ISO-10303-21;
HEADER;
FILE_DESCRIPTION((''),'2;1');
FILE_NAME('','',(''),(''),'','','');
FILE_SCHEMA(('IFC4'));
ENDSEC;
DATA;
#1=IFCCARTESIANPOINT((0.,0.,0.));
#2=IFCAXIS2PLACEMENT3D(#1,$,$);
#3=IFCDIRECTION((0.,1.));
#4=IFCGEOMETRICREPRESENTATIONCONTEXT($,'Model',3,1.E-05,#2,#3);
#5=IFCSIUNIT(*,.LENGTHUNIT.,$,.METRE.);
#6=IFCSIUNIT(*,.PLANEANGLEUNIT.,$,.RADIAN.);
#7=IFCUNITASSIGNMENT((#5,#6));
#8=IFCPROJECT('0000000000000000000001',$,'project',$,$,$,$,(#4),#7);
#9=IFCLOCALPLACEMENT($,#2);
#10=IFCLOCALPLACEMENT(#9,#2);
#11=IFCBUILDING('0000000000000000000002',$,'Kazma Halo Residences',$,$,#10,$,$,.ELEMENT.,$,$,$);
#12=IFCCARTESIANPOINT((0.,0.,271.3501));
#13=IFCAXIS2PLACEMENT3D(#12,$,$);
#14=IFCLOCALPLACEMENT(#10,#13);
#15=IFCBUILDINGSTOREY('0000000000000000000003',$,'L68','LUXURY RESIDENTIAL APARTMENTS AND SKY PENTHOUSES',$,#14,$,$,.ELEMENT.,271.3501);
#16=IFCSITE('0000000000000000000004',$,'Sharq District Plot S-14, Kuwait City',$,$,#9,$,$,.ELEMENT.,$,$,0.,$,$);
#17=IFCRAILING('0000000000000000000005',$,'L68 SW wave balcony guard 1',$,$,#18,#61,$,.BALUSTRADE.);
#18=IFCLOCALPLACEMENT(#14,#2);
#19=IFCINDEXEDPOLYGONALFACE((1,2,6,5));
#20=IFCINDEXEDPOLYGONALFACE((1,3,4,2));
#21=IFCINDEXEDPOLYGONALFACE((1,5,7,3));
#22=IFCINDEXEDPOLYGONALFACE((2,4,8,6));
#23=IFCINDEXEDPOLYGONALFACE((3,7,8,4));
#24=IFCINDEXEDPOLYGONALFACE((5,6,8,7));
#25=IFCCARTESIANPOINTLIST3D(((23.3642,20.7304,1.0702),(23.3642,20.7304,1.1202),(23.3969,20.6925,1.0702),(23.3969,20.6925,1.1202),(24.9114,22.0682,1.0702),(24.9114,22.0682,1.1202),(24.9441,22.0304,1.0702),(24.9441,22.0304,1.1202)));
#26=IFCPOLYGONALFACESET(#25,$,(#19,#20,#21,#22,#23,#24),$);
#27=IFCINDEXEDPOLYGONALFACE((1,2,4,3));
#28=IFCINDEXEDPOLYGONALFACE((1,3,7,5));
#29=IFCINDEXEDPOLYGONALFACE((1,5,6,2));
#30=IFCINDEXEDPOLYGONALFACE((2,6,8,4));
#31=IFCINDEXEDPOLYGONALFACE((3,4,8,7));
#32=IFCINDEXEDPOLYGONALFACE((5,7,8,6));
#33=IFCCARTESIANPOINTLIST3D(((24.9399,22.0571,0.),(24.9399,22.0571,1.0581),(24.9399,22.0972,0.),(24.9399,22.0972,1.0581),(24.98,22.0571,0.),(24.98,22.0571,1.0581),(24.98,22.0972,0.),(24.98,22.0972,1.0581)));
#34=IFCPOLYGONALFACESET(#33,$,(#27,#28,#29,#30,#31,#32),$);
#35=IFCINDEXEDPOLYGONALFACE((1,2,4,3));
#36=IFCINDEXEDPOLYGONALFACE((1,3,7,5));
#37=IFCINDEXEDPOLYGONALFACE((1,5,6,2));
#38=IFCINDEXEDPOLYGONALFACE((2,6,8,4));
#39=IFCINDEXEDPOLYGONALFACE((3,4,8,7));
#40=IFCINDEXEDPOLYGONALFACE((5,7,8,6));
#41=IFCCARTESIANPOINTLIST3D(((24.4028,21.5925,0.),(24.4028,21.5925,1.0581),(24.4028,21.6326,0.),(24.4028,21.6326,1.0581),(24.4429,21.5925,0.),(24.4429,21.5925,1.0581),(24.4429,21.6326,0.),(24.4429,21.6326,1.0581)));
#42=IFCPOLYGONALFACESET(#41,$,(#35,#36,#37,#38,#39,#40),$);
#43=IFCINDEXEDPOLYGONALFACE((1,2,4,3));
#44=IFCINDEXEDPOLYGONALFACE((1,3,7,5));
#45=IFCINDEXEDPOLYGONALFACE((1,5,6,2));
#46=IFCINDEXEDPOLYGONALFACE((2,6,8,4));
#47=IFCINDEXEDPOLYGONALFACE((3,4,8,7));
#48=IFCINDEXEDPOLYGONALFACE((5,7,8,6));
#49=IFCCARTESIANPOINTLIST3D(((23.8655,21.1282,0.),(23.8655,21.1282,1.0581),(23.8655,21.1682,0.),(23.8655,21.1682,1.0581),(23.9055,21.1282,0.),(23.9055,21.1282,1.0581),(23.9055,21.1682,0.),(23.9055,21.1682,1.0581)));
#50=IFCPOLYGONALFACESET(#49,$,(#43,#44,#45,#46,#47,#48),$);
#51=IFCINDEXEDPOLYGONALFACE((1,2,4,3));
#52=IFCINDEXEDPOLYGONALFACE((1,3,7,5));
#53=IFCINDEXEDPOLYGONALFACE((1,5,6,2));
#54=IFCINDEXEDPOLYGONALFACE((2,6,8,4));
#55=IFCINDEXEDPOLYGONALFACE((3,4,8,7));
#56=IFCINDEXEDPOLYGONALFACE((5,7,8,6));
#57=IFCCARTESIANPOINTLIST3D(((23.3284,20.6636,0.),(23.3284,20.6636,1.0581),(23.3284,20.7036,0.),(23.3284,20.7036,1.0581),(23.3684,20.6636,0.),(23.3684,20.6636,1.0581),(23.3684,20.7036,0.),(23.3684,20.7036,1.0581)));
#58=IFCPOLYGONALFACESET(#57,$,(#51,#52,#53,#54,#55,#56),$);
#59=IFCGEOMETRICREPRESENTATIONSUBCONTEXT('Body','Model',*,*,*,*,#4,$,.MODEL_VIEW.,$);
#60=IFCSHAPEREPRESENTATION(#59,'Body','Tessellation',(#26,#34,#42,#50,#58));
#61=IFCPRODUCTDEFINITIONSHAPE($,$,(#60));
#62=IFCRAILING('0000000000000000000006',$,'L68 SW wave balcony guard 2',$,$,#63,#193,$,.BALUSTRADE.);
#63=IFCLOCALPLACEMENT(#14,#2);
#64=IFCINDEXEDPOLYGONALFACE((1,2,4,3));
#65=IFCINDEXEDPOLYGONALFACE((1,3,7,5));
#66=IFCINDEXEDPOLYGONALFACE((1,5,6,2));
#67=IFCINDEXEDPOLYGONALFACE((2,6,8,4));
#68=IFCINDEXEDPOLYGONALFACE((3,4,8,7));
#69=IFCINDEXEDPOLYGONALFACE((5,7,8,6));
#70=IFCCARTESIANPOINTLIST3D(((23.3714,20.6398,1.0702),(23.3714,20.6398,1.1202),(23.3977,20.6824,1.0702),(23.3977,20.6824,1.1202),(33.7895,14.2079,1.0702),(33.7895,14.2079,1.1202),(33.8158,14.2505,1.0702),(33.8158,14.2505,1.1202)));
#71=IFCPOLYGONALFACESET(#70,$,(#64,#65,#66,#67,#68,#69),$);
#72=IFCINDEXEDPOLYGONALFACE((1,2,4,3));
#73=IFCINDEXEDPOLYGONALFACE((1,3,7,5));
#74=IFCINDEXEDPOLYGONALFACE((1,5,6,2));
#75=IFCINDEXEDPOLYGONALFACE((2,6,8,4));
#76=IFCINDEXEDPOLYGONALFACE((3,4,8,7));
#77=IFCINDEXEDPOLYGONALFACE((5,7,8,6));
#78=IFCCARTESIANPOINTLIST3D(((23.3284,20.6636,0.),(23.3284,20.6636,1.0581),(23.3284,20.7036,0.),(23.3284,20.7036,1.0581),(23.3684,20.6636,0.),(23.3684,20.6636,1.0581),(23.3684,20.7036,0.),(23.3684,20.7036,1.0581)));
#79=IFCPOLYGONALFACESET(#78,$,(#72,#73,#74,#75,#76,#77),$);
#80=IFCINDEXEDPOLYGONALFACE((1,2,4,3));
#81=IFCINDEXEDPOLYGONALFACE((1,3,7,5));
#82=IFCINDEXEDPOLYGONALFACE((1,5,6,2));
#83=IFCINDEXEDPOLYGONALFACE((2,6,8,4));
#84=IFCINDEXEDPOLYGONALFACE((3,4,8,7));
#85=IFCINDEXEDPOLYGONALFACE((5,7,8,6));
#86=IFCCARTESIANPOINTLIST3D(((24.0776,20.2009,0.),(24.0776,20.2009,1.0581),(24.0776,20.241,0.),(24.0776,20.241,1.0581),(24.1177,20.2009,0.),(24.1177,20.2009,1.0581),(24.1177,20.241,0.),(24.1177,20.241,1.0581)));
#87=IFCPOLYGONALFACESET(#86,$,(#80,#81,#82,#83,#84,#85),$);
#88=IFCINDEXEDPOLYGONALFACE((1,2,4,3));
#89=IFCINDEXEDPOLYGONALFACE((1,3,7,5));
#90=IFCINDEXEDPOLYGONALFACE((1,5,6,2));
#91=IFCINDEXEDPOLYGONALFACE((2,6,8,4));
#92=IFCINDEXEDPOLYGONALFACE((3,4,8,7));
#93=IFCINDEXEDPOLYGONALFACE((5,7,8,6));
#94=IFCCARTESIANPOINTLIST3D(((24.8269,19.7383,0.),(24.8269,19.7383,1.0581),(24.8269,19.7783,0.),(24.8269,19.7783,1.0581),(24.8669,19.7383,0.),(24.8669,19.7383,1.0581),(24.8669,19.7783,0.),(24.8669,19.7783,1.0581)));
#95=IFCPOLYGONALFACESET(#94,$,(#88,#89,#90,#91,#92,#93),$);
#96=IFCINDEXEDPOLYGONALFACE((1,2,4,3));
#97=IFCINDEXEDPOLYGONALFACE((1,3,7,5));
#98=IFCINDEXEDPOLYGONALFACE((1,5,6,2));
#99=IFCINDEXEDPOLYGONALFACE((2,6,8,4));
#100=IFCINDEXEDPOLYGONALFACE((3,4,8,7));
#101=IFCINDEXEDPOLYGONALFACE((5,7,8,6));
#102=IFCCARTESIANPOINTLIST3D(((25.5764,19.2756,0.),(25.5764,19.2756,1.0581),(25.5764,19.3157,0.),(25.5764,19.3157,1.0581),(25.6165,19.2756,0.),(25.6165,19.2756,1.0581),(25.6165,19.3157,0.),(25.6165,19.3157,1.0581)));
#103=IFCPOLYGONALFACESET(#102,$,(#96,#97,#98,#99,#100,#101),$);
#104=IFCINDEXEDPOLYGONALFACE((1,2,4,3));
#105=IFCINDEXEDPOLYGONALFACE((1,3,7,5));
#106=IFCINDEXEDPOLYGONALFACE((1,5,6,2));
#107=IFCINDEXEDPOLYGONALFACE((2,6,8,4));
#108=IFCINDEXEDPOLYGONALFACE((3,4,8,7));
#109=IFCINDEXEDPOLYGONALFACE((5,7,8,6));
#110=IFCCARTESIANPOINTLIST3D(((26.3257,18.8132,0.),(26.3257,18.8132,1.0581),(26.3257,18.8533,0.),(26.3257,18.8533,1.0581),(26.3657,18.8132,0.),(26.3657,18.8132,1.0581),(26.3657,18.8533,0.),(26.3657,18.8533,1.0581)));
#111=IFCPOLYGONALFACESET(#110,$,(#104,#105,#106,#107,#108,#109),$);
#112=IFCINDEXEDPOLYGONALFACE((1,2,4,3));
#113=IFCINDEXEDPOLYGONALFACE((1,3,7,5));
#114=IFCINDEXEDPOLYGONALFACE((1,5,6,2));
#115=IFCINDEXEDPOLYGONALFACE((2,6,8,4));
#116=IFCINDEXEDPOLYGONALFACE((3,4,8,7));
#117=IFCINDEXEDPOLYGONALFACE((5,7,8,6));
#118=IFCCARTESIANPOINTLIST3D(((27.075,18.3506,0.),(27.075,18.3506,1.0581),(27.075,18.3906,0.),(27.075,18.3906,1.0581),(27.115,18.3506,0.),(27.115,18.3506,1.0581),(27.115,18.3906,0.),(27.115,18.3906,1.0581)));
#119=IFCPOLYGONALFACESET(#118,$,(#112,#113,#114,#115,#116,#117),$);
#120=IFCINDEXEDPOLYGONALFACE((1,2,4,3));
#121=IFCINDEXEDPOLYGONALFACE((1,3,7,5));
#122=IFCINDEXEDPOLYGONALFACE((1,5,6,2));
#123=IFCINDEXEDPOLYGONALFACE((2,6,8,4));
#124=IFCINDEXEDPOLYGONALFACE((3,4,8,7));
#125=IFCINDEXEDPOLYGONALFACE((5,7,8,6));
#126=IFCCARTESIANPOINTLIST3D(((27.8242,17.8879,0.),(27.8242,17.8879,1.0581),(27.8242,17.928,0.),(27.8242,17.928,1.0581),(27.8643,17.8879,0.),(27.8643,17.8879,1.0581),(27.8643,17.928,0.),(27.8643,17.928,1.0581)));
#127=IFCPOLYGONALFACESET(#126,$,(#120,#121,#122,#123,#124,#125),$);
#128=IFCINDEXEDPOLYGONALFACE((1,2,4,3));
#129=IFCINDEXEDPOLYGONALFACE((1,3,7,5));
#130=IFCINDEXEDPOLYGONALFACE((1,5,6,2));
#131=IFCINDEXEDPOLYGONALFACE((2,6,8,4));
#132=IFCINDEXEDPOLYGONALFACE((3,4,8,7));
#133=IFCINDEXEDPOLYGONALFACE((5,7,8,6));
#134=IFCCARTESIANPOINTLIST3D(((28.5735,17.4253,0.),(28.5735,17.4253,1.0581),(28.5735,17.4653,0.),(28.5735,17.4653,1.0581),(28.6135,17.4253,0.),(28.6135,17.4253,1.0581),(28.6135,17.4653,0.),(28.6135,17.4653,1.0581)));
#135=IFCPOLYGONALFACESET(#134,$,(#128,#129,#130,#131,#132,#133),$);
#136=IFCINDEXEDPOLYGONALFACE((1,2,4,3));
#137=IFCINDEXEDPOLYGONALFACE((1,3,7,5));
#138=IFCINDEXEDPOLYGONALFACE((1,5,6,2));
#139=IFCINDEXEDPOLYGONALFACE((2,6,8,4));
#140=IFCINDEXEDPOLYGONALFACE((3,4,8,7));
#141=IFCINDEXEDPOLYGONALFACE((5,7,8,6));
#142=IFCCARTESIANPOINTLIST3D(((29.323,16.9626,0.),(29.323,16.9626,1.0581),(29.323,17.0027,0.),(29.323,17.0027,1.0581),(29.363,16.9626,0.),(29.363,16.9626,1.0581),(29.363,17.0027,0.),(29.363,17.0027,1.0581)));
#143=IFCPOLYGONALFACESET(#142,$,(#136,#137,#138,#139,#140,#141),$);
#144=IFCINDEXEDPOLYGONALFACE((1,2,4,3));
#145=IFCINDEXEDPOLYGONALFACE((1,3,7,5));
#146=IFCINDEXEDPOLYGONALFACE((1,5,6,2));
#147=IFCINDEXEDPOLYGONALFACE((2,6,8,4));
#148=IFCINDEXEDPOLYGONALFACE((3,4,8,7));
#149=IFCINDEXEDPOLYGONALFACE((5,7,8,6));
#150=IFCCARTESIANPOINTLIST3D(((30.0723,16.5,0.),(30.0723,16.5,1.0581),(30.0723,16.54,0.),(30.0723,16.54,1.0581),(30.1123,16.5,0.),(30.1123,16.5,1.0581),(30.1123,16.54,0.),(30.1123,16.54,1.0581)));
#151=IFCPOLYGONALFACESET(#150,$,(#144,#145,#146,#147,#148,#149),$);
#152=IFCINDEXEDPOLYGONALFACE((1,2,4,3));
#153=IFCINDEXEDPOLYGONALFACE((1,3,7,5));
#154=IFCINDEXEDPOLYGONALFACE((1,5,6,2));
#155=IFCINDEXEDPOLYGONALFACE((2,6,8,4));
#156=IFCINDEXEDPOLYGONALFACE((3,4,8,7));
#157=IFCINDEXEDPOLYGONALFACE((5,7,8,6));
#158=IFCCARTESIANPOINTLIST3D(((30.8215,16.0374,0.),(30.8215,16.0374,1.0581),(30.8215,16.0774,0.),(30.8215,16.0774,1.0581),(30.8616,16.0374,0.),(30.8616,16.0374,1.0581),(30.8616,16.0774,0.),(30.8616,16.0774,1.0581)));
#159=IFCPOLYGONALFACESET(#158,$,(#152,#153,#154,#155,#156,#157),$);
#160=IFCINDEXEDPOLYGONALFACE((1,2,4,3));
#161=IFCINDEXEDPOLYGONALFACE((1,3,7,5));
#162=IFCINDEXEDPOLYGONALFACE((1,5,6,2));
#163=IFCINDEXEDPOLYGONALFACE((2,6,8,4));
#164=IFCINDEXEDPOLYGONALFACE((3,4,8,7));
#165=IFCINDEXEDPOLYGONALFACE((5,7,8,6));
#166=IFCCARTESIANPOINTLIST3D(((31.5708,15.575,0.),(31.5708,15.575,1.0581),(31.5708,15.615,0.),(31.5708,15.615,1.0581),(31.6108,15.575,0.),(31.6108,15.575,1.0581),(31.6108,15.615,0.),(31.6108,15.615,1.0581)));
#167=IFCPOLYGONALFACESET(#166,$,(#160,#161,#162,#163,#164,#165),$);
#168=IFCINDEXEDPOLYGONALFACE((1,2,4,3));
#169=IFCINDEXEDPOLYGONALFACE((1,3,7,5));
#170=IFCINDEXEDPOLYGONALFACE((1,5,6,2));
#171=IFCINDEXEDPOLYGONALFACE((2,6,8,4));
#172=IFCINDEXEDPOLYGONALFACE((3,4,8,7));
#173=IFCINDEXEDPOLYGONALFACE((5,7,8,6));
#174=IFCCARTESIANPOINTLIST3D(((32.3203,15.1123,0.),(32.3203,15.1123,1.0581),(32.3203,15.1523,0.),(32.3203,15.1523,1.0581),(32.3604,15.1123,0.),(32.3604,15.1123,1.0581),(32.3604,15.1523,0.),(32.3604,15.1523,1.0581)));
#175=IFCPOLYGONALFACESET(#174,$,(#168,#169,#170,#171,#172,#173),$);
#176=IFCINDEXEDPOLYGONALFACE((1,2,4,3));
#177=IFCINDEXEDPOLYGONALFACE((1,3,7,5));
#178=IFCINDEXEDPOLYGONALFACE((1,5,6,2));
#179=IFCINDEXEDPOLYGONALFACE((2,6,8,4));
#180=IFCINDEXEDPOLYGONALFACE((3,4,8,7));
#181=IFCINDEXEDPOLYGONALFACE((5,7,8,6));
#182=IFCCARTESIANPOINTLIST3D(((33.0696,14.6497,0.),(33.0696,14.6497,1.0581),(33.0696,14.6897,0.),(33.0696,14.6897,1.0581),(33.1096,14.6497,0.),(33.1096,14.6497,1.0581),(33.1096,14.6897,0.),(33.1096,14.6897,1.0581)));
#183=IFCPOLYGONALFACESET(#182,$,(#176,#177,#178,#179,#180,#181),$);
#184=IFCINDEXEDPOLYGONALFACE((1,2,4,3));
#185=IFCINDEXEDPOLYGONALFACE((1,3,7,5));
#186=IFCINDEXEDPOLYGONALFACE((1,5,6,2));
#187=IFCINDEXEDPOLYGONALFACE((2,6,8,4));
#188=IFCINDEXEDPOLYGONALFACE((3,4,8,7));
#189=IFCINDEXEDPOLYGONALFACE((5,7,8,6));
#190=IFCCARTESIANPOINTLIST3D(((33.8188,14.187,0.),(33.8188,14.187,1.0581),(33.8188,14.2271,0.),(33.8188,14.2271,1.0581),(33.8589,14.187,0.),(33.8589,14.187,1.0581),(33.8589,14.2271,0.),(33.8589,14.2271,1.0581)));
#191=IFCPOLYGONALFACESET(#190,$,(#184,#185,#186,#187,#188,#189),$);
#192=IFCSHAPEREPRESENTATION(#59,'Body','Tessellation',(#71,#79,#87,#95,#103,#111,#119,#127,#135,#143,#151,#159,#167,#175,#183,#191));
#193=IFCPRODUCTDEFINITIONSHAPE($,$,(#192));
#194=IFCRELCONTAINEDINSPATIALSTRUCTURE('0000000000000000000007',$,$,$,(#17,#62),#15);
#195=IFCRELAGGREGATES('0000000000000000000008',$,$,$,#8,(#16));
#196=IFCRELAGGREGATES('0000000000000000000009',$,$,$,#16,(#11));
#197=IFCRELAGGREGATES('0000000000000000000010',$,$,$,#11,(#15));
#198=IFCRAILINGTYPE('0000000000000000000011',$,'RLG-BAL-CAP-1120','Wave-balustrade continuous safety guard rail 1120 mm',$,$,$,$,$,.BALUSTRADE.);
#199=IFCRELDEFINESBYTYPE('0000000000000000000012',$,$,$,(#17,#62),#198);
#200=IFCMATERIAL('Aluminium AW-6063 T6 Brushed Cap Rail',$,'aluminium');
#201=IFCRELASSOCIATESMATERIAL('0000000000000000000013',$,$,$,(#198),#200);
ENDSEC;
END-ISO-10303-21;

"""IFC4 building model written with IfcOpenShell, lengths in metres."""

from ifc_helpers import new_model, si_unit, direction, frame, origin, origin_2d, place, context, subcontext, project, spatial, rectangle, extrude, material, type_object, element, save


model = new_model("IFC4")

# Units and contexts
model_context = context("Model", 3, precision=1e-05, world=origin(), true_north=direction((0.0, 1.0)))
body_context = subcontext(model_context, "Body", "Model", "MODEL_VIEW")
ifc_project = project(units=[si_unit("LENGTHUNIT", "METRE"), si_unit("PLANEANGLEUNIT", "RADIAN")], contexts=[model_context])

# Site, building, storey
site_placement = place(None, origin())
site = spatial("IfcSite", under=ifc_project, at=site_placement, Name="Sharq District Plot S-14, Kuwait City", CompositionType="ELEMENT", RefElevation=0.0)
building_placement = place(site_placement, origin())
building = spatial("IfcBuilding", under=site, at=building_placement, Name="Kazma Halo Residences", CompositionType="ELEMENT")
storey_placement = place(building_placement, frame((0.0, 0.0, 271.3501)))
storey = spatial("IfcBuildingStorey", under=building, at=storey_placement, Name="L68", Description="LUXURY RESIDENTIAL APARTMENTS AND SKY PENTHOUSES", CompositionType="ELEMENT", Elevation=271.3501)

# Railings
ifc_material_1 = material(Name="Aluminium AW-6063 T6 Brushed Cap Rail", Category="aluminium")
railing_type = type_object("IfcRailingType", Name="RLG-BAL-CAP-1120", Description="Wave-balustrade continuous safety guard rail 1120 mm", PredefinedType="BALUSTRADE", material=ifc_material_1)
railing_1_placement = place(storey_placement, frame((24.96, 22.0771, 0.0)))
element("IfcRailing", 1, at=railing_1_placement, inside=storey, type_object=railing_type, Name="L68 SW wave balcony guard 1", PredefinedType="BALUSTRADE", context=body_context, shape_type="SweptSolid", body=[
    extrude(rectangle(XDim=0.05, YDim=0.05, at=origin_2d()), frame((-0.0322, -0.0278, 1.0952), z_axis=(-0.756418, -0.654088, 0.0), x_axis=(0.654088, -0.756418, 0.0)), (0.0, 0.0, 1.0), 2.0454),
    extrude(rectangle(XDim=0.04, YDim=0.04, at=origin_2d()), origin(), (0.0, 0.0, 1.0), 1.0581),
    extrude(rectangle(XDim=0.04, YDim=0.04, at=origin_2d()), frame((-0.5371, -0.4646, 0.0)), (0.0, 0.0, 1.0), 1.0581),
    extrude(rectangle(XDim=0.04, YDim=0.04, at=origin_2d()), frame((-1.0745, -0.929, 0.0)), (0.0, 0.0, 1.0), 1.0581),
    extrude(rectangle(XDim=0.04, YDim=0.04, at=origin_2d()), frame((-1.6116, -1.3936, 0.0)), (0.0, 0.0, 1.0), 1.0581),
])
railing_2_placement = place(storey_placement, frame((23.3484, 20.6836, 0.0)))
element("IfcRailing", 2, at=railing_2_placement, inside=storey, type_object=railing_type, Name="L68 SW wave balcony guard 2", PredefinedType="BALUSTRADE", context=body_context, shape_type="SweptSolid", body=[
    extrude(rectangle(XDim=0.05, YDim=0.05, at=origin_2d()), frame((0.0361, -0.0225, 1.0952), z_axis=(0.850901, -0.525325, 0.0), x_axis=(0.525325, 0.850901, 0.0)), (0.0, 0.0, 1.0), 12.2437),
    extrude(rectangle(XDim=0.04, YDim=0.04, at=origin_2d()), origin(), (0.0, 0.0, 1.0), 1.0581),
    extrude(rectangle(XDim=0.04, YDim=0.04, at=origin_2d()), frame((0.7493, -0.4626, 0.0)), (0.0, 0.0, 1.0), 1.0581),
    extrude(rectangle(XDim=0.04, YDim=0.04, at=origin_2d()), frame((1.4985, -0.9253, 0.0)), (0.0, 0.0, 1.0), 1.0581),
    extrude(rectangle(XDim=0.04, YDim=0.04, at=origin_2d()), frame((2.248, -1.3879, 0.0)), (0.0, 0.0, 1.0), 1.0581),
    extrude(rectangle(XDim=0.04, YDim=0.04, at=origin_2d()), frame((2.9973, -1.8503, 0.0)), (0.0, 0.0, 1.0), 1.0581),
    extrude(rectangle(XDim=0.04, YDim=0.04, at=origin_2d()), frame((3.7466, -2.313, 0.0)), (0.0, 0.0, 1.0), 1.0581),
    extrude(rectangle(XDim=0.04, YDim=0.04, at=origin_2d()), frame((4.4958, -2.7756, 0.0)), (0.0, 0.0, 1.0), 1.0581),
    extrude(rectangle(XDim=0.04, YDim=0.04, at=origin_2d()), frame((5.2451, -3.2383, 0.0)), (0.0, 0.0, 1.0), 1.0581),
    extrude(rectangle(XDim=0.04, YDim=0.04, at=origin_2d()), frame((5.9946, -3.7009, 0.0)), (0.0, 0.0, 1.0), 1.0581),
    extrude(rectangle(XDim=0.04, YDim=0.04, at=origin_2d()), frame((6.7439, -4.1636, 0.0)), (0.0, 0.0, 1.0), 1.0581),
    extrude(rectangle(XDim=0.04, YDim=0.04, at=origin_2d()), frame((7.4932, -4.6262, 0.0)), (0.0, 0.0, 1.0), 1.0581),
    extrude(rectangle(XDim=0.04, YDim=0.04, at=origin_2d()), frame((8.2424, -5.0886, 0.0)), (0.0, 0.0, 1.0), 1.0581),
    extrude(rectangle(XDim=0.04, YDim=0.04, at=origin_2d()), frame((8.9919, -5.5513, 0.0)), (0.0, 0.0, 1.0), 1.0581),
    extrude(rectangle(XDim=0.04, YDim=0.04, at=origin_2d()), frame((9.7412, -6.0139, 0.0)), (0.0, 0.0, 1.0), 1.0581),
    extrude(rectangle(XDim=0.04, YDim=0.04, at=origin_2d()), frame((10.4905, -6.4766, 0.0)), (0.0, 0.0, 1.0), 1.0581),
])

save(model, "model.ifc")
